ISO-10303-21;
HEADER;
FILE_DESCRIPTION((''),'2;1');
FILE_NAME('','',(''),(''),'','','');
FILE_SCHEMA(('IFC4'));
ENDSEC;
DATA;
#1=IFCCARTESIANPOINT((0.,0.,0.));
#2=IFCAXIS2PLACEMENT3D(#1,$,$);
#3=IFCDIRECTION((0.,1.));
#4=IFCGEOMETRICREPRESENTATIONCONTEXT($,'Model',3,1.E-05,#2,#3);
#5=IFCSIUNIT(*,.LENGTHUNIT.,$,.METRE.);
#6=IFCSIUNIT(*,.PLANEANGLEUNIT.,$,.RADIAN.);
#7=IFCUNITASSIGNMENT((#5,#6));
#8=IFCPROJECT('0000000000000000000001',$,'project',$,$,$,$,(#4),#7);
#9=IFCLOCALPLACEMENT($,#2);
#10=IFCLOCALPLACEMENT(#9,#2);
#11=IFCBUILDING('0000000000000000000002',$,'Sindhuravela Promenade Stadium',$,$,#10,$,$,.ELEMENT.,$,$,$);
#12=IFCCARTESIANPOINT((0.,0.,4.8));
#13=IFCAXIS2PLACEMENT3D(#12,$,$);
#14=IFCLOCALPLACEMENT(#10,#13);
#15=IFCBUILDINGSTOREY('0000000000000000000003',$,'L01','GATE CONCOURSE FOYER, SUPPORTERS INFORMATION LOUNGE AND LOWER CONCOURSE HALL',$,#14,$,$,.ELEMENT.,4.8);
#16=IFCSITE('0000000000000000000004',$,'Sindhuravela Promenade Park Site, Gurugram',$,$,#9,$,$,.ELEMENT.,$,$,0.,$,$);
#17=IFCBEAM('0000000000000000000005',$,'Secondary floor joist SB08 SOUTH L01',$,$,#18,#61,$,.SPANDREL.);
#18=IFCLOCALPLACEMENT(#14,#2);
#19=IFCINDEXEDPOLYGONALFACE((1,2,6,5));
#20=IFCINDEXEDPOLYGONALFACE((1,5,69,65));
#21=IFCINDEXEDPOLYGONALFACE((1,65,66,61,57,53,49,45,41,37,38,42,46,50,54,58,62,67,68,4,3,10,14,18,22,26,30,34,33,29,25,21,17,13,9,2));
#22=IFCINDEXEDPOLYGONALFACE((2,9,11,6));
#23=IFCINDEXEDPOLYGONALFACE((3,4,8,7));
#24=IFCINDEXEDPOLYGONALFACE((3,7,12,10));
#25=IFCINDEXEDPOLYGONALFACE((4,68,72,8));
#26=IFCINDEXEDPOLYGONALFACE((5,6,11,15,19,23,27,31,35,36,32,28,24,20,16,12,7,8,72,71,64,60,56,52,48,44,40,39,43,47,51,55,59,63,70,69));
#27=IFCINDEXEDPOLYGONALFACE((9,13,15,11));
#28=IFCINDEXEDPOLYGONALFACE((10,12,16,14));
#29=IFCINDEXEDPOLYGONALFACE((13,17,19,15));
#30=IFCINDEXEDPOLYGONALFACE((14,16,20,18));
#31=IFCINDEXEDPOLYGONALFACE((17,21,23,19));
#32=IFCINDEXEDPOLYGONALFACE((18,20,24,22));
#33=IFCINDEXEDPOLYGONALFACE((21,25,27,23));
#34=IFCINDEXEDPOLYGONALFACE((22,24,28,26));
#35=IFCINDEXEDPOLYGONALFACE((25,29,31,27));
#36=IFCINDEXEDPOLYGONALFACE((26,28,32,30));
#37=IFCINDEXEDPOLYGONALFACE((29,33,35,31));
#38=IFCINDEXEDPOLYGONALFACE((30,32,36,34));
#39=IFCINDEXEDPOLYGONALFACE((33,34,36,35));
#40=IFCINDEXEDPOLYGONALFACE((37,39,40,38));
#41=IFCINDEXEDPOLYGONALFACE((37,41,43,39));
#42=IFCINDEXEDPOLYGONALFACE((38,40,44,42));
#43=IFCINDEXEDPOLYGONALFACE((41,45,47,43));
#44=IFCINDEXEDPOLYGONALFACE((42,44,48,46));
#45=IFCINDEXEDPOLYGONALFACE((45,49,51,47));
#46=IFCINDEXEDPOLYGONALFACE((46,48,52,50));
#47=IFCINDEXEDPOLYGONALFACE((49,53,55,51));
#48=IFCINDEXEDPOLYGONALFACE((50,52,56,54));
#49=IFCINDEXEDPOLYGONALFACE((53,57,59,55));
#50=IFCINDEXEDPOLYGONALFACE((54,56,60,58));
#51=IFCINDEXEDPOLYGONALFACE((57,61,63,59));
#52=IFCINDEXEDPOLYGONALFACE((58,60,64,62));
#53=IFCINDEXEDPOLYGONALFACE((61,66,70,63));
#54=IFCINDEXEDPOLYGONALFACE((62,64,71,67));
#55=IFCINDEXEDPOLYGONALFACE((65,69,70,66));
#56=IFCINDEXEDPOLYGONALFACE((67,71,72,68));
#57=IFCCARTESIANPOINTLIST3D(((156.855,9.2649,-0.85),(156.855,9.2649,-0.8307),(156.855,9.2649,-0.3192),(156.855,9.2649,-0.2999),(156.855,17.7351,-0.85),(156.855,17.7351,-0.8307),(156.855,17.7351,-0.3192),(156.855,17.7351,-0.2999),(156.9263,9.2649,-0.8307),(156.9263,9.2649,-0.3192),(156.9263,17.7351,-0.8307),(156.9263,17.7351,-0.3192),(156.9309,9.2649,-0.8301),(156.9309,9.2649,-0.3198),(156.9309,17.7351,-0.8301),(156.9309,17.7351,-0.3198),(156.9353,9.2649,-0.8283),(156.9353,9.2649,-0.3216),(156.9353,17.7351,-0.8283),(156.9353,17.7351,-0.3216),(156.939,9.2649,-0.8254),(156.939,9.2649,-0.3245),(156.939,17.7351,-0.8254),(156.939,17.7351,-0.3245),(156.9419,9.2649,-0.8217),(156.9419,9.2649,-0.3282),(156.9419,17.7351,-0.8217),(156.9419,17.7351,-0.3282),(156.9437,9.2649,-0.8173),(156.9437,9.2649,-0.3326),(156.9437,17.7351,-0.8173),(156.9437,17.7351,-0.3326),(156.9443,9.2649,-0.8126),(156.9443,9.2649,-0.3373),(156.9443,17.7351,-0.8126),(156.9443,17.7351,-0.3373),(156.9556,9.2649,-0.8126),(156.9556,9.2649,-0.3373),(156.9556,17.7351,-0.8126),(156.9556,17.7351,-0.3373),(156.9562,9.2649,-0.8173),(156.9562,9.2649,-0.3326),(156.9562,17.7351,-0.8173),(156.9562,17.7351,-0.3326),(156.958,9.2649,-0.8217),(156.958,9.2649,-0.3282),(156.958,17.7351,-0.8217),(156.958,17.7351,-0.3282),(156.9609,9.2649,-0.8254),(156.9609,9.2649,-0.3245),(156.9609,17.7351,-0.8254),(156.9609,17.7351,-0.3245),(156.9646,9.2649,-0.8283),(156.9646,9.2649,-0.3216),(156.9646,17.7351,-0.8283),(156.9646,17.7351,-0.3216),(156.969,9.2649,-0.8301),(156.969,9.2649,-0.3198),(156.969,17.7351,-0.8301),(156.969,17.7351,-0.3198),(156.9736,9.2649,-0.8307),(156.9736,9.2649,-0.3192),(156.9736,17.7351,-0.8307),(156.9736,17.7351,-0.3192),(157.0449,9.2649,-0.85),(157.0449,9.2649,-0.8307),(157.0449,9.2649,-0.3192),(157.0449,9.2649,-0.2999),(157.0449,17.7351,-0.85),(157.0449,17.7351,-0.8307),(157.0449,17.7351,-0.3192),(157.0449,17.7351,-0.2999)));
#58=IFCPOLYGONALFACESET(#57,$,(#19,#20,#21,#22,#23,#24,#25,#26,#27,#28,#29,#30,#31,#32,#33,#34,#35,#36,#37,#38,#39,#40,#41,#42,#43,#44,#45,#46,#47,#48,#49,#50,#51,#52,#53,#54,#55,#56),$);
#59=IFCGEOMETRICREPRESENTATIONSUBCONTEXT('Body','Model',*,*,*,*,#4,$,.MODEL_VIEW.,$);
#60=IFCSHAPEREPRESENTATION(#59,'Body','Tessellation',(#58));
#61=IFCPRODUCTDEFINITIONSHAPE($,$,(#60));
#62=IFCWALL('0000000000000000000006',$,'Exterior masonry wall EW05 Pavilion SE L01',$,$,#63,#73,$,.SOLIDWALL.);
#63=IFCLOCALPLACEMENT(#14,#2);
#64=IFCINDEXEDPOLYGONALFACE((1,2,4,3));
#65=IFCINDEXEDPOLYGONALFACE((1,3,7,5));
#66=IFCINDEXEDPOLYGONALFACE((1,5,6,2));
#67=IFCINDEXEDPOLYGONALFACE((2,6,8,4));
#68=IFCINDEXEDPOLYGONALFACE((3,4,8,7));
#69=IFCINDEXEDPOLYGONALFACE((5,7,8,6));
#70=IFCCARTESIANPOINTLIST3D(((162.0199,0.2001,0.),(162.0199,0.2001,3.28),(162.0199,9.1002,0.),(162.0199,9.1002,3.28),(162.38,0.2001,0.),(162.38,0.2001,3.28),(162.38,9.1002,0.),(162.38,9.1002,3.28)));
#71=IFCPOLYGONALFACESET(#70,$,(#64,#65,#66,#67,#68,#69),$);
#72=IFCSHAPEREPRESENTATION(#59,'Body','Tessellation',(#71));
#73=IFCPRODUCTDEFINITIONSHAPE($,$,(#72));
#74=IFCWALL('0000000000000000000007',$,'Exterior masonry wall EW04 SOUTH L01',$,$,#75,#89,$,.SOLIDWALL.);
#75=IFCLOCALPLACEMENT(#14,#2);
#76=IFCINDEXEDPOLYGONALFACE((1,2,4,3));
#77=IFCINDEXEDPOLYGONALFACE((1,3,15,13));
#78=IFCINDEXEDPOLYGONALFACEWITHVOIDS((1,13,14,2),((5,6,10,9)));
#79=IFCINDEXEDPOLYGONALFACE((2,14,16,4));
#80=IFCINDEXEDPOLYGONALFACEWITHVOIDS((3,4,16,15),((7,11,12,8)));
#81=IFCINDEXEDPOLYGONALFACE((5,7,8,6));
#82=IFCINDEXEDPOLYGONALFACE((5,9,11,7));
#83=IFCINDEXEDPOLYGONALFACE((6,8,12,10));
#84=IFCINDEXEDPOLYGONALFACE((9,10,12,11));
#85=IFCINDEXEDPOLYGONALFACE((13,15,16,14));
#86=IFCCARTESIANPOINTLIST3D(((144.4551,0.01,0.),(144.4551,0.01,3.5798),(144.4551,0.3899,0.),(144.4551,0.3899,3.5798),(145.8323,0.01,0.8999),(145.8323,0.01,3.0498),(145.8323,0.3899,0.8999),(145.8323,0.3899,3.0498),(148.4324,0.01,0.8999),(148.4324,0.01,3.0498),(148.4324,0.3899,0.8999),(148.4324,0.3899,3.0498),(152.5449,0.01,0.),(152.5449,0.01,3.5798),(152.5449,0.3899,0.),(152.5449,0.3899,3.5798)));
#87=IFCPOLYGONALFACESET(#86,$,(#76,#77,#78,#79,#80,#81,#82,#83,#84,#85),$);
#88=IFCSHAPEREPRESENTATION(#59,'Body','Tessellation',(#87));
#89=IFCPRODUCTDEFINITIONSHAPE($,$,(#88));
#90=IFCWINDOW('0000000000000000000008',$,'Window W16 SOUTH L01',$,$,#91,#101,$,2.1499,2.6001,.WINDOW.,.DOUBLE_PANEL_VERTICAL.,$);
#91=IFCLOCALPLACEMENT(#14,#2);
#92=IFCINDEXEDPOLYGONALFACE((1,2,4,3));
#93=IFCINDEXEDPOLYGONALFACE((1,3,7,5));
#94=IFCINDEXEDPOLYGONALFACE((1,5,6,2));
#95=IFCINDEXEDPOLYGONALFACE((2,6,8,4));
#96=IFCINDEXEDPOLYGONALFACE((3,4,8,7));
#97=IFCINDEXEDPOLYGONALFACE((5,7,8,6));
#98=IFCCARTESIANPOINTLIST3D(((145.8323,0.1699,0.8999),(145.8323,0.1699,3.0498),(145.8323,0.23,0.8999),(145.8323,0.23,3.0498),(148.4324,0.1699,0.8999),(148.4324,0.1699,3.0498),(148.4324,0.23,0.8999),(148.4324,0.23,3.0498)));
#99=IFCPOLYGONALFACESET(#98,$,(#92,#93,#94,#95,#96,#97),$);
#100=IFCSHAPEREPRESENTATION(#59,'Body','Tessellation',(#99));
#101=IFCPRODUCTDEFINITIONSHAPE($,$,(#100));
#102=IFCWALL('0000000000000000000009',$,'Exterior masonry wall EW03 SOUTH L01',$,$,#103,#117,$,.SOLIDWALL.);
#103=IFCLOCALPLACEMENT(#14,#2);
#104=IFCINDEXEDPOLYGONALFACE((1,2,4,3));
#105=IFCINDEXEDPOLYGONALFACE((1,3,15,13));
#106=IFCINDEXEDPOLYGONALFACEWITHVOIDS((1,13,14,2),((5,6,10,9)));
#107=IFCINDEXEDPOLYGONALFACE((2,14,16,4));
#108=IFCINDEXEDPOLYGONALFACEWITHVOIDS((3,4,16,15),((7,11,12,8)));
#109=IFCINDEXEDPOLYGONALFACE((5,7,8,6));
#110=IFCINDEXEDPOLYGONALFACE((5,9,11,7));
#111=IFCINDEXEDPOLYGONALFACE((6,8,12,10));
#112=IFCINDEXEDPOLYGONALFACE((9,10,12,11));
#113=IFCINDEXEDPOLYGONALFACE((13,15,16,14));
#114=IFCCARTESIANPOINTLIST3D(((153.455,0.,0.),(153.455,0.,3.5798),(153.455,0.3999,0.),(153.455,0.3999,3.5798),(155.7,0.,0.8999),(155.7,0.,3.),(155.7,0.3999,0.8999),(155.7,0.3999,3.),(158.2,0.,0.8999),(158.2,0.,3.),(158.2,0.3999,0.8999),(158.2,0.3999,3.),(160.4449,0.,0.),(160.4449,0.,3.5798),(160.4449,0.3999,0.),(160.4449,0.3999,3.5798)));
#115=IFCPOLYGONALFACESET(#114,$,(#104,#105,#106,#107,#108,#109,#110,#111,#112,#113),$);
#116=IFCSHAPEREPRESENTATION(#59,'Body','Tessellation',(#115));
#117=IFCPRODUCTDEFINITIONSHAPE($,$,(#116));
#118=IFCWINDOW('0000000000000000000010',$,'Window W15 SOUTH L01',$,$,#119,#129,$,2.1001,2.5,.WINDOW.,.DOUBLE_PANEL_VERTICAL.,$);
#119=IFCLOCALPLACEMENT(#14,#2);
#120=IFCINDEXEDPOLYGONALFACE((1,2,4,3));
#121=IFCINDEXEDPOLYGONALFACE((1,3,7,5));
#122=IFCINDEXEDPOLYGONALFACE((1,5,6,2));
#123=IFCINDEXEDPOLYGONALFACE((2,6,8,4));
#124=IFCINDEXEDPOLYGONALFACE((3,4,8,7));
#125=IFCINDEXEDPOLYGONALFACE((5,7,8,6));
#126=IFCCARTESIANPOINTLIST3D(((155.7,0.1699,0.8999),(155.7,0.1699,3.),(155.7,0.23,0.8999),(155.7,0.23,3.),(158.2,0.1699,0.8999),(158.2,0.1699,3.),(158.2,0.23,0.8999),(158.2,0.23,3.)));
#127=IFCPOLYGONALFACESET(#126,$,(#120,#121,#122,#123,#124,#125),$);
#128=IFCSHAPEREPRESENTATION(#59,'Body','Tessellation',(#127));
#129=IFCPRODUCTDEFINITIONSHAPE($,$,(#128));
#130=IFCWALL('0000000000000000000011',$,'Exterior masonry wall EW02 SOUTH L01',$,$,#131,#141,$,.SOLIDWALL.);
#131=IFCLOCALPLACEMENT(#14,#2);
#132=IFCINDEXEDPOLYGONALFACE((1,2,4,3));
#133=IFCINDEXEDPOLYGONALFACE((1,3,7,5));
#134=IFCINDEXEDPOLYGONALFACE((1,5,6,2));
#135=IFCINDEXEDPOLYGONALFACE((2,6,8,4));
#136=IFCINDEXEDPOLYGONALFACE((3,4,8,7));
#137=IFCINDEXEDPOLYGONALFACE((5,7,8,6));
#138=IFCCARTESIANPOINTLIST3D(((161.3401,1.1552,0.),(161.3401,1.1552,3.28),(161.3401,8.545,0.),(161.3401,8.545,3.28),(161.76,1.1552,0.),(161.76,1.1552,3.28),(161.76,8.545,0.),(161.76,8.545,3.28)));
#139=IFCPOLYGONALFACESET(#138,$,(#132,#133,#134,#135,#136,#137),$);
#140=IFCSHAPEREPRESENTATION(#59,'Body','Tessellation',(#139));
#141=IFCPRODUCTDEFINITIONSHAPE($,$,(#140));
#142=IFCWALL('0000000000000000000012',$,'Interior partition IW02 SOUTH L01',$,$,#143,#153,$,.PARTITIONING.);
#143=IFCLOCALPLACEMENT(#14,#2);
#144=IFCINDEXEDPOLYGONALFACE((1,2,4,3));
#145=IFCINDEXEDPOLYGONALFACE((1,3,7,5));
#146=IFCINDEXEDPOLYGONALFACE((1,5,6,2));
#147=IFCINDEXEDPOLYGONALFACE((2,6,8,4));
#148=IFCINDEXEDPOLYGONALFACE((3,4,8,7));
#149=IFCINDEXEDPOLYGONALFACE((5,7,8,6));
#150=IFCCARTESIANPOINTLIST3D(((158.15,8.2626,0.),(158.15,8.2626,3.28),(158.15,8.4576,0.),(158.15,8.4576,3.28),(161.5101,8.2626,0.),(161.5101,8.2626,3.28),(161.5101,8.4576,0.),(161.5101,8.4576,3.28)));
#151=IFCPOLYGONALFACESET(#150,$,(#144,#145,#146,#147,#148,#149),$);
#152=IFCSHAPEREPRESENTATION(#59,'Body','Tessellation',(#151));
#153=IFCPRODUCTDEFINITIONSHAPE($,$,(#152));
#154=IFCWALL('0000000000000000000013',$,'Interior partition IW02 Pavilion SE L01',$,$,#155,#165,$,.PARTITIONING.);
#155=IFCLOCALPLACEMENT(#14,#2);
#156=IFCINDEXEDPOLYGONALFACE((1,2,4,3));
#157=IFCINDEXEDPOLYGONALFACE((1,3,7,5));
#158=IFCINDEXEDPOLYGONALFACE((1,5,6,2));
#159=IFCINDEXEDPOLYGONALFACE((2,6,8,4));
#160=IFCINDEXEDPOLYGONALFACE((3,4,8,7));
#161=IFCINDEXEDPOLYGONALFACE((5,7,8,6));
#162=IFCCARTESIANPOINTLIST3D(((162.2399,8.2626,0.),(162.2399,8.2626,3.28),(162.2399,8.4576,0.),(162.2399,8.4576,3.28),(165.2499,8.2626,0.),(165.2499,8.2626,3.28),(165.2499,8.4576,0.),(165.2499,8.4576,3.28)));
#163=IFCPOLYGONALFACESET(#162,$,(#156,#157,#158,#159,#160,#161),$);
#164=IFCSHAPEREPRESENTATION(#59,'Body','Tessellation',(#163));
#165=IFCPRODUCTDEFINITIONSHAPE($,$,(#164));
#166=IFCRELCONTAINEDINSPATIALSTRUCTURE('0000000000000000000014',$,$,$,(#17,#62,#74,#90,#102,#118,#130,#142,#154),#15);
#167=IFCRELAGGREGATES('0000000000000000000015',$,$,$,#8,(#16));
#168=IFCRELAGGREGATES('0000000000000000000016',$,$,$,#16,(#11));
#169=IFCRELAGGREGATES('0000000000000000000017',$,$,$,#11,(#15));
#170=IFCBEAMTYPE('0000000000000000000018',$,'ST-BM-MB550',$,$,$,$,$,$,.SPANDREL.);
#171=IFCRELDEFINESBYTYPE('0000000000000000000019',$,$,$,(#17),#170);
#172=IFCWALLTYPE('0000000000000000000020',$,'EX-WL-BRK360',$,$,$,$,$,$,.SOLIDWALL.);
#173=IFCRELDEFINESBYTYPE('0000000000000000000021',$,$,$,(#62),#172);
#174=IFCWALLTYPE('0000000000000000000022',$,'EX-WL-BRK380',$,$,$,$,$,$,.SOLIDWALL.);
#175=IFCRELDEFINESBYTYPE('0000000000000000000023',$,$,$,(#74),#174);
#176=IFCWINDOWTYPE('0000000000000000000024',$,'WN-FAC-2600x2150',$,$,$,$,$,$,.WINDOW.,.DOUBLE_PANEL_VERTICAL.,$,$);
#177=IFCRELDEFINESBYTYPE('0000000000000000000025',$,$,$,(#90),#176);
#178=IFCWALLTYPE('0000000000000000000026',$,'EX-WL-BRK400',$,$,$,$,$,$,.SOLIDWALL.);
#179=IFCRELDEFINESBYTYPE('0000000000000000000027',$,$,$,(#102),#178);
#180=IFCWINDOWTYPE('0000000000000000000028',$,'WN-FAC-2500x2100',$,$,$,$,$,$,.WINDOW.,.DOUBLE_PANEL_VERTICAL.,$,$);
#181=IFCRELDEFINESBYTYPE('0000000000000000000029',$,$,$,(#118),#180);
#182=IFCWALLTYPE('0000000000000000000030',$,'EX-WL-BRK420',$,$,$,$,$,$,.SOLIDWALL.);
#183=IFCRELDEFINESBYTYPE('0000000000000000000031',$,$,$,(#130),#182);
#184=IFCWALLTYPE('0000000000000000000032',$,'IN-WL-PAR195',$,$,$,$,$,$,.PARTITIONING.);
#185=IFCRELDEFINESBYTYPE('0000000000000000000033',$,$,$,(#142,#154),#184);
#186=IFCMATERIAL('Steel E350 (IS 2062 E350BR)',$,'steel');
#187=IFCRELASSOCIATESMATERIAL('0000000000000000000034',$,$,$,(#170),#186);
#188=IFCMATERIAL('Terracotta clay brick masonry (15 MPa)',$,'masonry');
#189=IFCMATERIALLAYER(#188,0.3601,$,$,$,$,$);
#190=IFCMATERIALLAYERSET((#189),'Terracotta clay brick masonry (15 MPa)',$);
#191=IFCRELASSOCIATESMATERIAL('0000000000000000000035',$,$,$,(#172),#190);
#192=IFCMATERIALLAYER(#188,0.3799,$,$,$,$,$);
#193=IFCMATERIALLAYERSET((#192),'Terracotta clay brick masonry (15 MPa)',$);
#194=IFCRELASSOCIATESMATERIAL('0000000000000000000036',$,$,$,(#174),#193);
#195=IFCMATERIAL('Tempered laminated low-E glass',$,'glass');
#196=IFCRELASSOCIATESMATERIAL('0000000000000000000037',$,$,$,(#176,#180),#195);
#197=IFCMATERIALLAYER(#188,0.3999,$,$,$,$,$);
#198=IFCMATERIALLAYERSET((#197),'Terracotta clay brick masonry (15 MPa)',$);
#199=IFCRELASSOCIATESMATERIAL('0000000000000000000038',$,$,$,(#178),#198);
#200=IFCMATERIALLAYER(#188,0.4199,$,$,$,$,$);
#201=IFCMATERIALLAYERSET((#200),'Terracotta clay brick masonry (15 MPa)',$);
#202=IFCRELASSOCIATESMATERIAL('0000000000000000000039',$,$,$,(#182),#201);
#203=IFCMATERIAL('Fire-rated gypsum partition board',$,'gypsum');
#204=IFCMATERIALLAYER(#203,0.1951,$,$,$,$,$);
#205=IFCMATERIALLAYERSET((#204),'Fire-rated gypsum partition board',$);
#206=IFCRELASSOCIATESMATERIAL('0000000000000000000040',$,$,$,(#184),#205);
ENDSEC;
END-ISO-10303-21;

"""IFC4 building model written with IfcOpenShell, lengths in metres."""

from ifc_helpers import new_model, si_unit, direction, frame, frame_2d, origin, origin_2d, place, context, subcontext, project, spatial, rectangle, i_section, extrude, material, layer, layer_set, material_profile, profile_set, type_object, element, fill, save


model = new_model("IFC4")

# Units and contexts
model_context = context("Model", 3, precision=1e-05, world=origin(), true_north=direction((0.0, 1.0)))
body_context = subcontext(model_context, "Body", "Model", "MODEL_VIEW")
ifc_project = project(units=[si_unit("LENGTHUNIT", "METRE"), si_unit("PLANEANGLEUNIT", "RADIAN")], contexts=[model_context])

# Site, building, storey
site_placement = place(None, origin())
site = spatial("IfcSite", under=ifc_project, at=site_placement, Name="Sindhuravela Promenade Park Site, Gurugram", CompositionType="ELEMENT", RefElevation=0.0)
building_placement = place(site_placement, origin())
building = spatial("IfcBuilding", under=site, at=building_placement, Name="Sindhuravela Promenade Stadium", CompositionType="ELEMENT")
storey_placement = place(building_placement, frame((0.0, 0.0, 4.8)))
storey = spatial("IfcBuildingStorey", under=building, at=storey_placement, Name="L01", Description="GATE CONCOURSE FOYER, SUPPORTERS INFORMATION LOUNGE AND LOWER CONCOURSE HALL", CompositionType="ELEMENT", Elevation=4.8)

# Beam
ifc_material_1 = material(Name="Steel E350 (IS 2062 E350BR)", Category="steel")
ifc_material_profile_1 = material_profile(ifc_material_1, i_section(OverallWidth=0.1899, OverallDepth=0.55, WebThickness=0.0112, FlangeThickness=0.0193, FilletRadius=0.0181, at=origin_2d()), Name="ISMB 550")
ifc_profile_set_1 = profile_set([ifc_material_profile_1], Name="Steel E350 (IS 2062 E350BR)")
beam_type_1 = type_object("IfcBeamType", Name="ST-BM-MB550", PredefinedType="SPANDREL", material=ifc_profile_set_1)
beam_1_placement = place(storey_placement, frame((156.95, 9.2649, -0.575), z_axis=(0.0, 1.0, 0.0), x_axis=(-1.0, 0.0, 0.0)))
element("IfcBeam", 1, at=beam_1_placement, inside=storey, type_object=beam_type_1, Name="Secondary floor joist SB08 SOUTH L01", PredefinedType="SPANDREL", context=body_context, shape_type="SweptSolid", body=[
    extrude(i_section(OverallWidth=0.1899, OverallDepth=0.55, WebThickness=0.0112, FlangeThickness=0.0193, FilletRadius=0.0181, at=origin_2d()), origin(), (0.0, 0.0, 1.0), 8.4702),
])

# Wall
ifc_material_2 = material(Name="Terracotta clay brick masonry (15 MPa)", Category="masonry")
ifc_layer_1 = layer(ifc_material_2, 0.3601)
ifc_layer_set_1 = layer_set([ifc_layer_1], Name="Terracotta clay brick masonry (15 MPa)")
wall_type_1 = type_object("IfcWallType", Name="EX-WL-BRK360", PredefinedType="SOLIDWALL", material=ifc_layer_set_1)
wall_1_placement = place(storey_placement, frame((162.2, 0.2, 0.0), z_axis=(0.0, 0.0, 1.0), x_axis=(0.0, 1.0, 0.0)))
element("IfcWall", 2, at=wall_1_placement, inside=storey, type_object=wall_type_1, Name="Exterior masonry wall EW05 Pavilion SE L01", PredefinedType="SOLIDWALL", context=body_context, shape_type="SweptSolid", body=[
    extrude(rectangle(XDim=8.9001, YDim=0.3601, at=frame_2d((4.4502, 0.0))), origin(), (0.0, 0.0, 1.0), 3.28),
])

# Walls, openings, windows
ifc_layer_2 = layer(ifc_material_2, 0.3799)
ifc_layer_set_2 = layer_set([ifc_layer_2], Name="Terracotta clay brick masonry (15 MPa)")
wall_type_2 = type_object("IfcWallType", Name="EX-WL-BRK380", PredefinedType="SOLIDWALL", material=ifc_layer_set_2)
wall_2_placement = place(storey_placement, frame((152.5449, 0.2, 0.0), z_axis=(0.0, 0.0, 1.0), x_axis=(-1.0, 0.0, 0.0)))
wall_2 = element("IfcWall", 3, at=wall_2_placement, inside=storey, type_object=wall_type_2, Name="Exterior masonry wall EW04 SOUTH L01", PredefinedType="SOLIDWALL", context=body_context, shape_type="SweptSolid", body=[
    extrude(rectangle(XDim=8.0898, YDim=0.3799, at=frame_2d((4.0449, 0.0))), origin(), (0.0, 0.0, 1.0), 3.5798),
])
opening_1_placement = place(wall_2_placement, frame((4.1125, 0.0, 0.8999)))
opening_1 = element("IfcOpeningElement", 4, at=opening_1_placement, cuts=wall_2, PredefinedType="OPENING", context=body_context, shape_type="SweptSolid", body=[
    extrude(rectangle(XDim=2.6001, YDim=2.1499, at=frame_2d((1.3, 1.075))), frame((0.0, 0.2, 0.0), z_axis=(0.0, -1.0, 0.0), x_axis=(1.0, 0.0, 0.0)), (0.0, 0.0, 1.0), 0.3999),
])
ifc_material_3 = material(Name="Tempered laminated low-E glass", Category="glass")
window_type_1 = type_object("IfcWindowType", Name="WN-FAC-2600x2150", PartitioningType="DOUBLE_PANEL_VERTICAL", PredefinedType="WINDOW", material=ifc_material_3)
window_1_placement = place(opening_1_placement, origin())
window_1 = element("IfcWindow", 5, at=window_1_placement, inside=storey, type_object=window_type_1, Name="Window W16 SOUTH L01", OverallHeight=2.1499, OverallWidth=2.6001, PartitioningType="DOUBLE_PANEL_VERTICAL", PredefinedType="WINDOW", context=body_context, shape_type="SweptSolid", body=[
    extrude(rectangle(XDim=2.6001, YDim=2.1499, at=frame_2d((1.3, 1.075))), frame((0.0, 0.03, 0.0), z_axis=(0.0, -1.0, 0.0), x_axis=(1.0, 0.0, 0.0)), (0.0, 0.0, 1.0), 0.0601),
])
fill(opening_1, window_1)
ifc_layer_3 = layer(ifc_material_2, 0.3999)
ifc_layer_set_3 = layer_set([ifc_layer_3], Name="Terracotta clay brick masonry (15 MPa)")
wall_type_3 = type_object("IfcWallType", Name="EX-WL-BRK400", PredefinedType="SOLIDWALL", material=ifc_layer_set_3)
wall_3_placement = place(storey_placement, frame((160.4451, 0.2, 0.0), z_axis=(0.0, 0.0, 1.0), x_axis=(-1.0, 0.0, 0.0)))
wall_3 = element("IfcWall", 6, at=wall_3_placement, inside=storey, type_object=wall_type_3, Name="Exterior masonry wall EW03 SOUTH L01", PredefinedType="SOLIDWALL", context=body_context, shape_type="SweptSolid", body=[
    extrude(rectangle(XDim=6.99, YDim=0.3999, at=frame_2d((3.4951, 0.0))), origin(), (0.0, 0.0, 1.0), 3.5798),
])
opening_2_placement = place(wall_3_placement, frame((2.2451, 0.0, 0.8999)))
opening_2 = element("IfcOpeningElement", 7, at=opening_2_placement, cuts=wall_3, PredefinedType="OPENING", context=body_context, shape_type="SweptSolid", body=[
    extrude(rectangle(XDim=2.5, YDim=2.1001, at=frame_2d((1.25, 1.05))), frame((0.0, 0.21, 0.0), z_axis=(0.0, -1.0, 0.0), x_axis=(1.0, 0.0, 0.0)), (0.0, 0.0, 1.0), 0.4199),
])
window_type_2 = type_object("IfcWindowType", Name="WN-FAC-2500x2100", PartitioningType="DOUBLE_PANEL_VERTICAL", PredefinedType="WINDOW", material=ifc_material_3)
window_2_placement = place(opening_2_placement, origin())
window_2 = element("IfcWindow", 8, at=window_2_placement, inside=storey, type_object=window_type_2, Name="Window W15 SOUTH L01", OverallHeight=2.1001, OverallWidth=2.5, PartitioningType="DOUBLE_PANEL_VERTICAL", PredefinedType="WINDOW", context=body_context, shape_type="SweptSolid", body=[
    extrude(rectangle(XDim=2.5, YDim=2.1001, at=frame_2d((1.25, 1.05))), frame((0.0, 0.03, 0.0), z_axis=(0.0, -1.0, 0.0), x_axis=(1.0, 0.0, 0.0)), (0.0, 0.0, 1.0), 0.0601),
])
fill(opening_2, window_2)

# Walls
ifc_layer_4 = layer(ifc_material_2, 0.4199)
ifc_layer_set_4 = layer_set([ifc_layer_4], Name="Terracotta clay brick masonry (15 MPa)")
wall_type_4 = type_object("IfcWallType", Name="EX-WL-BRK420", PredefinedType="SOLIDWALL", material=ifc_layer_set_4)
wall_4_placement = place(storey_placement, frame((161.55, 8.5449, 0.0), z_axis=(0.0, 0.0, 1.0), x_axis=(0.0, -1.0, 0.0)))
element("IfcWall", 9, at=wall_4_placement, inside=storey, type_object=wall_type_4, Name="Exterior masonry wall EW02 SOUTH L01", PredefinedType="SOLIDWALL", context=body_context, shape_type="SweptSolid", body=[
    extrude(rectangle(XDim=7.3899, YDim=0.4199, at=frame_2d((3.6948, 0.0))), origin(), (0.0, 0.0, 1.0), 3.28),
])
ifc_material_4 = material(Name="Fire-rated gypsum partition board", Category="gypsum")
ifc_layer_5 = layer(ifc_material_4, 0.1951)
ifc_layer_set_5 = layer_set([ifc_layer_5], Name="Fire-rated gypsum partition board")
wall_type_5 = type_object("IfcWallType", Name="IN-WL-PAR195", PredefinedType="PARTITIONING", material=ifc_layer_set_5)
wall_5_placement = place(storey_placement, frame((158.1499, 8.3601, 0.0), z_axis=(0.0, 0.0, 1.0), x_axis=(1.0, 0.0, 0.0)))
element("IfcWall", 10, at=wall_5_placement, inside=storey, type_object=wall_type_5, Name="Interior partition IW02 SOUTH L01", PredefinedType="PARTITIONING", context=body_context, shape_type="SweptSolid", body=[
    extrude(rectangle(XDim=3.3601, YDim=0.1951, at=frame_2d((1.6802, 0.0))), origin(), (0.0, 0.0, 1.0), 3.28),
])
wall_6_placement = place(storey_placement, frame((162.24, 8.3601, 0.0), z_axis=(0.0, 0.0, 1.0), x_axis=(1.0, 0.0, 0.0)))
element("IfcWall", 11, at=wall_6_placement, inside=storey, type_object=wall_type_5, Name="Interior partition IW02 Pavilion SE L01", PredefinedType="PARTITIONING", context=body_context, shape_type="SweptSolid", body=[
    extrude(rectangle(XDim=3.01, YDim=0.1951, at=frame_2d((1.5049, 0.0))), origin(), (0.0, 0.0, 1.0), 3.28),
])

save(model, "model.ifc")
